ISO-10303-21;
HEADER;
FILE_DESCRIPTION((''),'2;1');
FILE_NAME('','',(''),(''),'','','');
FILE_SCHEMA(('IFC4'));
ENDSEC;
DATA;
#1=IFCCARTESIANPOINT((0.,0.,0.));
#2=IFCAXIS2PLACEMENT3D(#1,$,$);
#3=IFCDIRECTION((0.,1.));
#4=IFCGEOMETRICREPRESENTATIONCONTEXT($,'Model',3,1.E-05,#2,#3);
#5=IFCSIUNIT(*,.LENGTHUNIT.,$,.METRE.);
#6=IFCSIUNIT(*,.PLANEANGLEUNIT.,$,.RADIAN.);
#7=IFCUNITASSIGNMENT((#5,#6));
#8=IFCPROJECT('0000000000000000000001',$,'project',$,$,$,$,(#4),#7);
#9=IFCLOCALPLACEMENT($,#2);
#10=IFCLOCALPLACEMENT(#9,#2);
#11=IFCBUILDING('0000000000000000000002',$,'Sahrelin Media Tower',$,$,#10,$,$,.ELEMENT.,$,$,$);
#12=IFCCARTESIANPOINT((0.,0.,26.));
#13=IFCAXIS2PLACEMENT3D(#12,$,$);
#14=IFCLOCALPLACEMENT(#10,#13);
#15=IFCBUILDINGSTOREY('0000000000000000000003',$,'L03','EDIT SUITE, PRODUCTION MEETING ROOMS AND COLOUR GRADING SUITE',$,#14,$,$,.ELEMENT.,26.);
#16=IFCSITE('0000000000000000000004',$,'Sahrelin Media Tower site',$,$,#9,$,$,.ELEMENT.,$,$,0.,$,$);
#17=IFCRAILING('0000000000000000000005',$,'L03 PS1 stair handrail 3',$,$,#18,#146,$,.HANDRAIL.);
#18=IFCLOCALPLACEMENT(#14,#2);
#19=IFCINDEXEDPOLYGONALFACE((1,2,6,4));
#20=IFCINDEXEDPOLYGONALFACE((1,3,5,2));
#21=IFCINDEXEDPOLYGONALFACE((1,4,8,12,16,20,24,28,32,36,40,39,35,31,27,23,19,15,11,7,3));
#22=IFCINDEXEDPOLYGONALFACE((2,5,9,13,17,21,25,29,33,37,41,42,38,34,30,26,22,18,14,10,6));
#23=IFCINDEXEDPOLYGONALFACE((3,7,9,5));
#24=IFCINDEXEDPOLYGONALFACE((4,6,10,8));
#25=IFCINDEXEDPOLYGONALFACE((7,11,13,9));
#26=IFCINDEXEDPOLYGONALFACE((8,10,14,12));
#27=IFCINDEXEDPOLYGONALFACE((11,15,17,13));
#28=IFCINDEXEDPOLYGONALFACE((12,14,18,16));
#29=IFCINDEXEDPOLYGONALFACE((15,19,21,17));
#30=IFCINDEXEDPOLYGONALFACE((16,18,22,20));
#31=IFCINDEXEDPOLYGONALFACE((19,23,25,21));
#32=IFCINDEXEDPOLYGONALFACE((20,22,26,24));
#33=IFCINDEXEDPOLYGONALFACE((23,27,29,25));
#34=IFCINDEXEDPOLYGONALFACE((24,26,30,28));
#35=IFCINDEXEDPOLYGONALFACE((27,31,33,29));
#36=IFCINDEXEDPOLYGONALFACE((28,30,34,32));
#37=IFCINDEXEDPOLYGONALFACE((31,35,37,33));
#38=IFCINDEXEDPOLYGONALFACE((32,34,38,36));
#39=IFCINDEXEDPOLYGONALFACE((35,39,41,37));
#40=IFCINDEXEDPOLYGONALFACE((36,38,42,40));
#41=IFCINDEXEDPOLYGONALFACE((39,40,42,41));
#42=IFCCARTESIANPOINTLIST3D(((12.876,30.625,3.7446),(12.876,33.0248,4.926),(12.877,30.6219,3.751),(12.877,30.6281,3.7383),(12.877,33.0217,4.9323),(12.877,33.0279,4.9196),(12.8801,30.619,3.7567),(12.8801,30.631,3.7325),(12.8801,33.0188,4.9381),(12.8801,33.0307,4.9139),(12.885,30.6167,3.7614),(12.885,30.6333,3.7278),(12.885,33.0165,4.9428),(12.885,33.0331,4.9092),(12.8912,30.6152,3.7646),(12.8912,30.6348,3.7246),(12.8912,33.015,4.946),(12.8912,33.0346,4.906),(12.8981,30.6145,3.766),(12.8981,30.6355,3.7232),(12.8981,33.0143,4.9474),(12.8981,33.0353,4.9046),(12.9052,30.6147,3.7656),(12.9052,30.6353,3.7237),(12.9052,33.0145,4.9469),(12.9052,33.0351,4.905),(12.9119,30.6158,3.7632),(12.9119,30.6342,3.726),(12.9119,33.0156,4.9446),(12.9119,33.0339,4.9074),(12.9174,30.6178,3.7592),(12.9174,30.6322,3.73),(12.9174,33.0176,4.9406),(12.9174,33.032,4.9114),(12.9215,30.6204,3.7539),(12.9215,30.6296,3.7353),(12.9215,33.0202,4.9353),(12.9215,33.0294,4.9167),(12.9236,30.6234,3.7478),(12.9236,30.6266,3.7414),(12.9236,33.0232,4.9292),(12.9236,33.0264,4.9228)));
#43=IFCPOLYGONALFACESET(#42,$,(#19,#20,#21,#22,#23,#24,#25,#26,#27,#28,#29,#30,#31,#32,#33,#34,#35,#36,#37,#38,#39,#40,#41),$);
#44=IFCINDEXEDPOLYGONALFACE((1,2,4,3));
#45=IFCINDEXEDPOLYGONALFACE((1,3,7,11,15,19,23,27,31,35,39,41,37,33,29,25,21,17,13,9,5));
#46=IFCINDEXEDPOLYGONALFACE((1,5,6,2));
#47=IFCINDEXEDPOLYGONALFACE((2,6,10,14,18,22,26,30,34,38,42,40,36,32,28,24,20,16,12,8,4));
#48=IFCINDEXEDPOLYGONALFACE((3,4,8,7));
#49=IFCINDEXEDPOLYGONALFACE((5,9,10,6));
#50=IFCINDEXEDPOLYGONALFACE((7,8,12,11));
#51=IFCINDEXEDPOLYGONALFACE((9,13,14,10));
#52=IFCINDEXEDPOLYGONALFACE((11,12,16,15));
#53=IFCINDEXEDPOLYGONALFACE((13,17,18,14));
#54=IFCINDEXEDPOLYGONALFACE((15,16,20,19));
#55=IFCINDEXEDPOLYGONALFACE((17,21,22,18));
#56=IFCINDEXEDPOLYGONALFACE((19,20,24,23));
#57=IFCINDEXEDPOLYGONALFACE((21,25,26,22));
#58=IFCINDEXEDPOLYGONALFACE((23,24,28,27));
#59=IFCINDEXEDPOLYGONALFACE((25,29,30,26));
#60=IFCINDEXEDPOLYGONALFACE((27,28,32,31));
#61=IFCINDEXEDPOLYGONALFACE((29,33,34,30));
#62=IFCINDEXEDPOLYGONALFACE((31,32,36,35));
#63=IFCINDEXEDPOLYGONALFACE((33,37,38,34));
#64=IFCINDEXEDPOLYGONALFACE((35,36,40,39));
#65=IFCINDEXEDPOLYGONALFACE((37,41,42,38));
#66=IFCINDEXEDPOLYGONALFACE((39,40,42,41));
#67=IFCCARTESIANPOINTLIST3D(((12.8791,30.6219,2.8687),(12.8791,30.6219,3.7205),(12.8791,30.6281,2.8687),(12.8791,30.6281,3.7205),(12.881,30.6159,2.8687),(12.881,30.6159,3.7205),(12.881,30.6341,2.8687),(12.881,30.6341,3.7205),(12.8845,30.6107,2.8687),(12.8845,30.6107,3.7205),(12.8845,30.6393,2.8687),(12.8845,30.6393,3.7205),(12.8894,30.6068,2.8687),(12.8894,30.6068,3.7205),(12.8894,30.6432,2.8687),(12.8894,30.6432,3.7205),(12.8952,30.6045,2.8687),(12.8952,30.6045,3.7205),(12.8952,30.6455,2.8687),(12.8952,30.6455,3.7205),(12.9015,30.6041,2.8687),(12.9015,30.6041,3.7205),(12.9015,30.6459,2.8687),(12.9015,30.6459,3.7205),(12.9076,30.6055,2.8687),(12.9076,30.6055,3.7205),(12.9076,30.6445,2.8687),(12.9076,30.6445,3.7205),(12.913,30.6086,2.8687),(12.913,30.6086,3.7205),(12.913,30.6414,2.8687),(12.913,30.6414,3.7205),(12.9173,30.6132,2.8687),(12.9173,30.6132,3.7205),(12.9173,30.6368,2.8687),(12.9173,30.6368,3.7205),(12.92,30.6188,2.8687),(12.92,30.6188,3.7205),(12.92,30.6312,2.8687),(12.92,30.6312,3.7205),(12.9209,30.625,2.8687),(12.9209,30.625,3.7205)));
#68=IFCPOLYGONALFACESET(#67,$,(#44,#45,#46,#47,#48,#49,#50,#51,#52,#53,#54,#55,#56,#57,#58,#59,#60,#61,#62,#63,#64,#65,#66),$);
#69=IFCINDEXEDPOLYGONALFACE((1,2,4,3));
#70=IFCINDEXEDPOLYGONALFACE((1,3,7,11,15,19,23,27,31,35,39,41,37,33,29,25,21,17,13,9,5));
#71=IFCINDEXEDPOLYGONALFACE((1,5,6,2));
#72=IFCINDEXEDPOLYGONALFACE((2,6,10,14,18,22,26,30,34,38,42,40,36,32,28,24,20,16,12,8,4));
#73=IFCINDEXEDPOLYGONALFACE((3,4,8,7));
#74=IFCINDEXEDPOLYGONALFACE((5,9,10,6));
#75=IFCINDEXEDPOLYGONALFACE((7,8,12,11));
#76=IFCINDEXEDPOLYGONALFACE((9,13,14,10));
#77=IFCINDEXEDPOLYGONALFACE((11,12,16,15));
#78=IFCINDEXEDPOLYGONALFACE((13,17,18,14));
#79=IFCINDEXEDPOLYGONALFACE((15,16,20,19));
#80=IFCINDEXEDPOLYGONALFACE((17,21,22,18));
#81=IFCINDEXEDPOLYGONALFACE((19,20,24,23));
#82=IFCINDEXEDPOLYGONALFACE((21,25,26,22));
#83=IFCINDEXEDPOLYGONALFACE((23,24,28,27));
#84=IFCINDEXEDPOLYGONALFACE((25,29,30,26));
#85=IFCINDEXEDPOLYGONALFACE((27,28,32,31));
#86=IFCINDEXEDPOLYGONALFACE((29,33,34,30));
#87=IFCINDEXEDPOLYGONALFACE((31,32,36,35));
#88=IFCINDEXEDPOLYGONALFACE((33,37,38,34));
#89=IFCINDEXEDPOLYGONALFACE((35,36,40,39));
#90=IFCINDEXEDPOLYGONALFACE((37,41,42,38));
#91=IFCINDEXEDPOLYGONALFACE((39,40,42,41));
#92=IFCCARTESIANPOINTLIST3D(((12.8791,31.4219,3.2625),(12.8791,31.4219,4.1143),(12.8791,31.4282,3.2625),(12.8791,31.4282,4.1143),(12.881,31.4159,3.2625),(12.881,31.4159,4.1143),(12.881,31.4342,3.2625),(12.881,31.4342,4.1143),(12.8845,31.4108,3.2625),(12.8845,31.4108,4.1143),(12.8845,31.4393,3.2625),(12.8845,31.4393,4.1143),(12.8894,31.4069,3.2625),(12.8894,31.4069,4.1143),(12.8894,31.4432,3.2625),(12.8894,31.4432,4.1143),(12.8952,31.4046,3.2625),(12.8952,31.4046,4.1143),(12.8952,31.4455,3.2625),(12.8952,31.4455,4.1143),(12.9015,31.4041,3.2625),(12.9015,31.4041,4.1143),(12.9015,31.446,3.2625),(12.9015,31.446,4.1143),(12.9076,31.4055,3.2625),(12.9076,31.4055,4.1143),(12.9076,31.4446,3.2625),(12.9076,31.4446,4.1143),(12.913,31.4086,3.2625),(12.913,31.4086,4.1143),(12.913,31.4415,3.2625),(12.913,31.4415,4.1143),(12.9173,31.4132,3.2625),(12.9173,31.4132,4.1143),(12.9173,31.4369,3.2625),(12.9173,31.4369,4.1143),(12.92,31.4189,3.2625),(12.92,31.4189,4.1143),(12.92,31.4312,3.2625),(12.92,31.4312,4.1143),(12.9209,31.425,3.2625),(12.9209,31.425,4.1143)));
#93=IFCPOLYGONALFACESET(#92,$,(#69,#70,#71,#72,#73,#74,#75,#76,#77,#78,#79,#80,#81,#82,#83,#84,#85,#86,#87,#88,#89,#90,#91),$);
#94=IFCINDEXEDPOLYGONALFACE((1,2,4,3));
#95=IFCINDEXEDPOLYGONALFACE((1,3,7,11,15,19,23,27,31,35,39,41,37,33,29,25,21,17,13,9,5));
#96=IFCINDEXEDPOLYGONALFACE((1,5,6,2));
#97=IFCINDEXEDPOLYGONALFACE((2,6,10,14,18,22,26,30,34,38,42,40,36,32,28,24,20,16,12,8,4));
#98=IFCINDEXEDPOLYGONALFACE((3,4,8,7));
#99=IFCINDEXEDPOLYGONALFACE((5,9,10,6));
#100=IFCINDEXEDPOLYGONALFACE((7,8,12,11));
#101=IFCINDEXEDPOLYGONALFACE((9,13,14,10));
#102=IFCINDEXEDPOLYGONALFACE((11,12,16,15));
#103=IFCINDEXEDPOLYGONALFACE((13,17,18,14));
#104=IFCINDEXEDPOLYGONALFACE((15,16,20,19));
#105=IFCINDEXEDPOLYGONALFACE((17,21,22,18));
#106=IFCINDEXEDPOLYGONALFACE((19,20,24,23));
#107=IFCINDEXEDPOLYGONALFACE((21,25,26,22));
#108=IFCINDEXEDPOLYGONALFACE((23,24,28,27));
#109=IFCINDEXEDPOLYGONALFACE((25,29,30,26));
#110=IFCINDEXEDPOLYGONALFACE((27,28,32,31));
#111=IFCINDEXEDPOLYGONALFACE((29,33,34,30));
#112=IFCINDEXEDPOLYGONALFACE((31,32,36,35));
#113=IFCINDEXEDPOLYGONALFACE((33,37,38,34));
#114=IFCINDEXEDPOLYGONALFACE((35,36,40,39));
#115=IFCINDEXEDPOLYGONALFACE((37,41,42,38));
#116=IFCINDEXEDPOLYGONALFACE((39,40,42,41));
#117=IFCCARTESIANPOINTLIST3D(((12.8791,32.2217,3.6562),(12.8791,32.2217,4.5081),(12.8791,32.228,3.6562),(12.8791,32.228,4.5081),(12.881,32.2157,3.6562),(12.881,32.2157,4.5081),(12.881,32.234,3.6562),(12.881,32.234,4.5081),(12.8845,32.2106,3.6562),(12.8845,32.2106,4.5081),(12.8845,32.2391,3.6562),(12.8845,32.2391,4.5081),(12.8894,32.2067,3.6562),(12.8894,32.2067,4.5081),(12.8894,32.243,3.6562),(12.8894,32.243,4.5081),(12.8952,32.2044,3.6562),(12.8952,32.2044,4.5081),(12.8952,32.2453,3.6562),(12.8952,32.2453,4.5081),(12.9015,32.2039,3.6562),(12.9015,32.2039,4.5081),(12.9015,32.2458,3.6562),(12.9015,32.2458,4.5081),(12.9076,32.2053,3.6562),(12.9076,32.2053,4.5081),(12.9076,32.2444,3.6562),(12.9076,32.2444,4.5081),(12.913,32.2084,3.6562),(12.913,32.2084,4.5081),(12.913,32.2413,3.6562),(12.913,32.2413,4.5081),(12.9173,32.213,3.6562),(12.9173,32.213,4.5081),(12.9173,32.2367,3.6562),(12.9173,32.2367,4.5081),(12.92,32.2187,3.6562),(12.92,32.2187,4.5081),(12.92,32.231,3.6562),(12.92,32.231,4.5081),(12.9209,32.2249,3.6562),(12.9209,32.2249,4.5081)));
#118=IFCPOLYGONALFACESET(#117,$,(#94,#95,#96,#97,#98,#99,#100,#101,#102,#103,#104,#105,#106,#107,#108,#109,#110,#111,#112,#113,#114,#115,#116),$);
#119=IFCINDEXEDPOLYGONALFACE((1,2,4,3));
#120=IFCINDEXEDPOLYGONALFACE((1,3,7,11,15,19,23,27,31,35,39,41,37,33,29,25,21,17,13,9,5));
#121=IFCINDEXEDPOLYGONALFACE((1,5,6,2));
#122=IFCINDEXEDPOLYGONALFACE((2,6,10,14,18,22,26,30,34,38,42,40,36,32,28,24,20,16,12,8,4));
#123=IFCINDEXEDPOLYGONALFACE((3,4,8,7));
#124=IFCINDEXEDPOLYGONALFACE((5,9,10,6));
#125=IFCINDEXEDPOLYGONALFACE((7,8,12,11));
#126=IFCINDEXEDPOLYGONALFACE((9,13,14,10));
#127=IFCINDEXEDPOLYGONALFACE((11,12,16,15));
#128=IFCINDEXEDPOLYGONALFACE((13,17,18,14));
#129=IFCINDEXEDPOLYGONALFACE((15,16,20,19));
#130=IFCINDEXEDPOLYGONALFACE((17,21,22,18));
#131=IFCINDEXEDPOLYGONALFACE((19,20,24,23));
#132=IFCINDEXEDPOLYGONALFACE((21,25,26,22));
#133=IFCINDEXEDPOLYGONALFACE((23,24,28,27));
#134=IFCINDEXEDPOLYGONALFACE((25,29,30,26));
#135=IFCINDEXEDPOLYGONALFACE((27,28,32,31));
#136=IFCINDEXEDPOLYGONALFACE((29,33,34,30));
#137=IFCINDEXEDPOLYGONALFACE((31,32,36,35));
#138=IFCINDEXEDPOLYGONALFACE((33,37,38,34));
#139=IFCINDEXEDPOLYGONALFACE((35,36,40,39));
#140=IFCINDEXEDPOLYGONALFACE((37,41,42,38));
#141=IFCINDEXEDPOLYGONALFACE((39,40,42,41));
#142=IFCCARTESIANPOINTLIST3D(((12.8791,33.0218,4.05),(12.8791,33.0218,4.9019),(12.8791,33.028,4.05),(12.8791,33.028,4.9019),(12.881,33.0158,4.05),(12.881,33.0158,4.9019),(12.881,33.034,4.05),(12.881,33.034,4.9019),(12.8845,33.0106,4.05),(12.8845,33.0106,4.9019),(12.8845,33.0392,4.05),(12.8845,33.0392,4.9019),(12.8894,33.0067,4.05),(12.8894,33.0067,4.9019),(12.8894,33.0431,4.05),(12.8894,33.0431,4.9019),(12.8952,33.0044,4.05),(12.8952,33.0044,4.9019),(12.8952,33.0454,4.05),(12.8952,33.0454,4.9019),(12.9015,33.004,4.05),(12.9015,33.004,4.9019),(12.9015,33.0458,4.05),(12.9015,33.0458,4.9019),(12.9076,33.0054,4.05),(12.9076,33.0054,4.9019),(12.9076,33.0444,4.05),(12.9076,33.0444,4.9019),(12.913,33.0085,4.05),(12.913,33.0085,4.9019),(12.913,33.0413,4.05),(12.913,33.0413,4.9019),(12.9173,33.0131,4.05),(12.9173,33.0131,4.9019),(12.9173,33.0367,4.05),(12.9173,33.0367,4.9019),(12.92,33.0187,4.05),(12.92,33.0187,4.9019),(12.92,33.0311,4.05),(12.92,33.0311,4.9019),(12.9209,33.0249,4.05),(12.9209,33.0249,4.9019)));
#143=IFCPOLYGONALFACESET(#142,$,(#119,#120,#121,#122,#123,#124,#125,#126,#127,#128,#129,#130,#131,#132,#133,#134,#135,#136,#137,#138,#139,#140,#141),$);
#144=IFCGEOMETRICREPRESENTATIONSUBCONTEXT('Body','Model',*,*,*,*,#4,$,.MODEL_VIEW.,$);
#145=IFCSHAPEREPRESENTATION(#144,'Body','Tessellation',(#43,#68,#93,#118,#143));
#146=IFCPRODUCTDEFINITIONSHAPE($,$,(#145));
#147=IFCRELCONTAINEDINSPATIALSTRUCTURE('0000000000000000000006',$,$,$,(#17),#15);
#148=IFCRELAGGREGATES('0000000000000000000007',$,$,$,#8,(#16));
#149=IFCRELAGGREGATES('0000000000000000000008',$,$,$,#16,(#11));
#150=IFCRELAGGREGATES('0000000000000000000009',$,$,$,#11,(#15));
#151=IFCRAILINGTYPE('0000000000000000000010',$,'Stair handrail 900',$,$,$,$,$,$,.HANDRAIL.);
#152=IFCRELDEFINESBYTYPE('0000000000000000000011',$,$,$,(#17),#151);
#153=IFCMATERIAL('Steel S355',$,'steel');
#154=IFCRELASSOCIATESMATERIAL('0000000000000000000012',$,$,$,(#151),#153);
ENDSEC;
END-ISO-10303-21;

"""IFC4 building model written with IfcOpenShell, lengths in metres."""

from ifc_helpers import new_model, si_unit, direction, frame, origin, origin_2d, place, context, subcontext, project, spatial, circle, extrude, material, type_object, element, save


model = new_model("IFC4")

# Units and contexts
model_context = context("Model", 3, precision=1e-05, world=origin(), true_north=direction((0.0, 1.0)))
body_context = subcontext(model_context, "Body", "Model", "MODEL_VIEW")
ifc_project = project(units=[si_unit("LENGTHUNIT", "METRE"), si_unit("PLANEANGLEUNIT", "RADIAN")], contexts=[model_context])

# Site, building, storey
site_placement = place(None, origin())
site = spatial("IfcSite", under=ifc_project, at=site_placement, Name="Sahrelin Media Tower site", CompositionType="ELEMENT", RefElevation=0.0)
building_placement = place(site_placement, origin())
building = spatial("IfcBuilding", under=site, at=building_placement, Name="Sahrelin Media Tower", CompositionType="ELEMENT")
storey_placement = place(building_placement, frame((0.0, 0.0, 26.0)))
storey = spatial("IfcBuildingStorey", under=building, at=storey_placement, Name="L03", Description="EDIT SUITE, PRODUCTION MEETING ROOMS AND COLOUR GRADING SUITE", CompositionType="ELEMENT", Elevation=26.0)

# Shared definitions
ifc_material_1 = material(Name="Steel S355", Category="steel")

# Railing
railing_type_1 = type_object("IfcRailingType", Name="Stair handrail 900", PredefinedType="HANDRAIL", material=ifc_material_1)
railing_1_placement = place(storey_placement, frame((12.8999, 30.625, 2.8687)))
element("IfcRailing", 1, at=railing_1_placement, inside=storey, type_object=railing_type_1, Name="L03 PS1 stair handrail 3", PredefinedType="HANDRAIL", context=body_context, shape_type="SweptSolid", body=[
    extrude(circle(Radius=0.0239, at=origin_2d()), frame((0.0, 0.0, 0.876), z_axis=(0.0, 0.897185, 0.441656), x_axis=(-1.0, 0.0, 0.0)), (0.0, 0.0, 1.0), 2.6748),
    extrude(circle(Radius=0.021, at=origin_2d()), origin(), (0.0, 0.0, 1.0), 0.8518),
    extrude(circle(Radius=0.021, at=origin_2d()), frame((0.0, 0.8, 0.3938)), (0.0, 0.0, 1.0), 0.8518),
    extrude(circle(Radius=0.021, at=origin_2d()), frame((0.0, 1.5999, 0.7876)), (0.0, 0.0, 1.0), 0.8518),
    extrude(circle(Radius=0.021, at=origin_2d()), frame((0.0, 2.3999, 1.1814)), (0.0, 0.0, 1.0), 0.8518),
])

save(model, "model.ifc")
